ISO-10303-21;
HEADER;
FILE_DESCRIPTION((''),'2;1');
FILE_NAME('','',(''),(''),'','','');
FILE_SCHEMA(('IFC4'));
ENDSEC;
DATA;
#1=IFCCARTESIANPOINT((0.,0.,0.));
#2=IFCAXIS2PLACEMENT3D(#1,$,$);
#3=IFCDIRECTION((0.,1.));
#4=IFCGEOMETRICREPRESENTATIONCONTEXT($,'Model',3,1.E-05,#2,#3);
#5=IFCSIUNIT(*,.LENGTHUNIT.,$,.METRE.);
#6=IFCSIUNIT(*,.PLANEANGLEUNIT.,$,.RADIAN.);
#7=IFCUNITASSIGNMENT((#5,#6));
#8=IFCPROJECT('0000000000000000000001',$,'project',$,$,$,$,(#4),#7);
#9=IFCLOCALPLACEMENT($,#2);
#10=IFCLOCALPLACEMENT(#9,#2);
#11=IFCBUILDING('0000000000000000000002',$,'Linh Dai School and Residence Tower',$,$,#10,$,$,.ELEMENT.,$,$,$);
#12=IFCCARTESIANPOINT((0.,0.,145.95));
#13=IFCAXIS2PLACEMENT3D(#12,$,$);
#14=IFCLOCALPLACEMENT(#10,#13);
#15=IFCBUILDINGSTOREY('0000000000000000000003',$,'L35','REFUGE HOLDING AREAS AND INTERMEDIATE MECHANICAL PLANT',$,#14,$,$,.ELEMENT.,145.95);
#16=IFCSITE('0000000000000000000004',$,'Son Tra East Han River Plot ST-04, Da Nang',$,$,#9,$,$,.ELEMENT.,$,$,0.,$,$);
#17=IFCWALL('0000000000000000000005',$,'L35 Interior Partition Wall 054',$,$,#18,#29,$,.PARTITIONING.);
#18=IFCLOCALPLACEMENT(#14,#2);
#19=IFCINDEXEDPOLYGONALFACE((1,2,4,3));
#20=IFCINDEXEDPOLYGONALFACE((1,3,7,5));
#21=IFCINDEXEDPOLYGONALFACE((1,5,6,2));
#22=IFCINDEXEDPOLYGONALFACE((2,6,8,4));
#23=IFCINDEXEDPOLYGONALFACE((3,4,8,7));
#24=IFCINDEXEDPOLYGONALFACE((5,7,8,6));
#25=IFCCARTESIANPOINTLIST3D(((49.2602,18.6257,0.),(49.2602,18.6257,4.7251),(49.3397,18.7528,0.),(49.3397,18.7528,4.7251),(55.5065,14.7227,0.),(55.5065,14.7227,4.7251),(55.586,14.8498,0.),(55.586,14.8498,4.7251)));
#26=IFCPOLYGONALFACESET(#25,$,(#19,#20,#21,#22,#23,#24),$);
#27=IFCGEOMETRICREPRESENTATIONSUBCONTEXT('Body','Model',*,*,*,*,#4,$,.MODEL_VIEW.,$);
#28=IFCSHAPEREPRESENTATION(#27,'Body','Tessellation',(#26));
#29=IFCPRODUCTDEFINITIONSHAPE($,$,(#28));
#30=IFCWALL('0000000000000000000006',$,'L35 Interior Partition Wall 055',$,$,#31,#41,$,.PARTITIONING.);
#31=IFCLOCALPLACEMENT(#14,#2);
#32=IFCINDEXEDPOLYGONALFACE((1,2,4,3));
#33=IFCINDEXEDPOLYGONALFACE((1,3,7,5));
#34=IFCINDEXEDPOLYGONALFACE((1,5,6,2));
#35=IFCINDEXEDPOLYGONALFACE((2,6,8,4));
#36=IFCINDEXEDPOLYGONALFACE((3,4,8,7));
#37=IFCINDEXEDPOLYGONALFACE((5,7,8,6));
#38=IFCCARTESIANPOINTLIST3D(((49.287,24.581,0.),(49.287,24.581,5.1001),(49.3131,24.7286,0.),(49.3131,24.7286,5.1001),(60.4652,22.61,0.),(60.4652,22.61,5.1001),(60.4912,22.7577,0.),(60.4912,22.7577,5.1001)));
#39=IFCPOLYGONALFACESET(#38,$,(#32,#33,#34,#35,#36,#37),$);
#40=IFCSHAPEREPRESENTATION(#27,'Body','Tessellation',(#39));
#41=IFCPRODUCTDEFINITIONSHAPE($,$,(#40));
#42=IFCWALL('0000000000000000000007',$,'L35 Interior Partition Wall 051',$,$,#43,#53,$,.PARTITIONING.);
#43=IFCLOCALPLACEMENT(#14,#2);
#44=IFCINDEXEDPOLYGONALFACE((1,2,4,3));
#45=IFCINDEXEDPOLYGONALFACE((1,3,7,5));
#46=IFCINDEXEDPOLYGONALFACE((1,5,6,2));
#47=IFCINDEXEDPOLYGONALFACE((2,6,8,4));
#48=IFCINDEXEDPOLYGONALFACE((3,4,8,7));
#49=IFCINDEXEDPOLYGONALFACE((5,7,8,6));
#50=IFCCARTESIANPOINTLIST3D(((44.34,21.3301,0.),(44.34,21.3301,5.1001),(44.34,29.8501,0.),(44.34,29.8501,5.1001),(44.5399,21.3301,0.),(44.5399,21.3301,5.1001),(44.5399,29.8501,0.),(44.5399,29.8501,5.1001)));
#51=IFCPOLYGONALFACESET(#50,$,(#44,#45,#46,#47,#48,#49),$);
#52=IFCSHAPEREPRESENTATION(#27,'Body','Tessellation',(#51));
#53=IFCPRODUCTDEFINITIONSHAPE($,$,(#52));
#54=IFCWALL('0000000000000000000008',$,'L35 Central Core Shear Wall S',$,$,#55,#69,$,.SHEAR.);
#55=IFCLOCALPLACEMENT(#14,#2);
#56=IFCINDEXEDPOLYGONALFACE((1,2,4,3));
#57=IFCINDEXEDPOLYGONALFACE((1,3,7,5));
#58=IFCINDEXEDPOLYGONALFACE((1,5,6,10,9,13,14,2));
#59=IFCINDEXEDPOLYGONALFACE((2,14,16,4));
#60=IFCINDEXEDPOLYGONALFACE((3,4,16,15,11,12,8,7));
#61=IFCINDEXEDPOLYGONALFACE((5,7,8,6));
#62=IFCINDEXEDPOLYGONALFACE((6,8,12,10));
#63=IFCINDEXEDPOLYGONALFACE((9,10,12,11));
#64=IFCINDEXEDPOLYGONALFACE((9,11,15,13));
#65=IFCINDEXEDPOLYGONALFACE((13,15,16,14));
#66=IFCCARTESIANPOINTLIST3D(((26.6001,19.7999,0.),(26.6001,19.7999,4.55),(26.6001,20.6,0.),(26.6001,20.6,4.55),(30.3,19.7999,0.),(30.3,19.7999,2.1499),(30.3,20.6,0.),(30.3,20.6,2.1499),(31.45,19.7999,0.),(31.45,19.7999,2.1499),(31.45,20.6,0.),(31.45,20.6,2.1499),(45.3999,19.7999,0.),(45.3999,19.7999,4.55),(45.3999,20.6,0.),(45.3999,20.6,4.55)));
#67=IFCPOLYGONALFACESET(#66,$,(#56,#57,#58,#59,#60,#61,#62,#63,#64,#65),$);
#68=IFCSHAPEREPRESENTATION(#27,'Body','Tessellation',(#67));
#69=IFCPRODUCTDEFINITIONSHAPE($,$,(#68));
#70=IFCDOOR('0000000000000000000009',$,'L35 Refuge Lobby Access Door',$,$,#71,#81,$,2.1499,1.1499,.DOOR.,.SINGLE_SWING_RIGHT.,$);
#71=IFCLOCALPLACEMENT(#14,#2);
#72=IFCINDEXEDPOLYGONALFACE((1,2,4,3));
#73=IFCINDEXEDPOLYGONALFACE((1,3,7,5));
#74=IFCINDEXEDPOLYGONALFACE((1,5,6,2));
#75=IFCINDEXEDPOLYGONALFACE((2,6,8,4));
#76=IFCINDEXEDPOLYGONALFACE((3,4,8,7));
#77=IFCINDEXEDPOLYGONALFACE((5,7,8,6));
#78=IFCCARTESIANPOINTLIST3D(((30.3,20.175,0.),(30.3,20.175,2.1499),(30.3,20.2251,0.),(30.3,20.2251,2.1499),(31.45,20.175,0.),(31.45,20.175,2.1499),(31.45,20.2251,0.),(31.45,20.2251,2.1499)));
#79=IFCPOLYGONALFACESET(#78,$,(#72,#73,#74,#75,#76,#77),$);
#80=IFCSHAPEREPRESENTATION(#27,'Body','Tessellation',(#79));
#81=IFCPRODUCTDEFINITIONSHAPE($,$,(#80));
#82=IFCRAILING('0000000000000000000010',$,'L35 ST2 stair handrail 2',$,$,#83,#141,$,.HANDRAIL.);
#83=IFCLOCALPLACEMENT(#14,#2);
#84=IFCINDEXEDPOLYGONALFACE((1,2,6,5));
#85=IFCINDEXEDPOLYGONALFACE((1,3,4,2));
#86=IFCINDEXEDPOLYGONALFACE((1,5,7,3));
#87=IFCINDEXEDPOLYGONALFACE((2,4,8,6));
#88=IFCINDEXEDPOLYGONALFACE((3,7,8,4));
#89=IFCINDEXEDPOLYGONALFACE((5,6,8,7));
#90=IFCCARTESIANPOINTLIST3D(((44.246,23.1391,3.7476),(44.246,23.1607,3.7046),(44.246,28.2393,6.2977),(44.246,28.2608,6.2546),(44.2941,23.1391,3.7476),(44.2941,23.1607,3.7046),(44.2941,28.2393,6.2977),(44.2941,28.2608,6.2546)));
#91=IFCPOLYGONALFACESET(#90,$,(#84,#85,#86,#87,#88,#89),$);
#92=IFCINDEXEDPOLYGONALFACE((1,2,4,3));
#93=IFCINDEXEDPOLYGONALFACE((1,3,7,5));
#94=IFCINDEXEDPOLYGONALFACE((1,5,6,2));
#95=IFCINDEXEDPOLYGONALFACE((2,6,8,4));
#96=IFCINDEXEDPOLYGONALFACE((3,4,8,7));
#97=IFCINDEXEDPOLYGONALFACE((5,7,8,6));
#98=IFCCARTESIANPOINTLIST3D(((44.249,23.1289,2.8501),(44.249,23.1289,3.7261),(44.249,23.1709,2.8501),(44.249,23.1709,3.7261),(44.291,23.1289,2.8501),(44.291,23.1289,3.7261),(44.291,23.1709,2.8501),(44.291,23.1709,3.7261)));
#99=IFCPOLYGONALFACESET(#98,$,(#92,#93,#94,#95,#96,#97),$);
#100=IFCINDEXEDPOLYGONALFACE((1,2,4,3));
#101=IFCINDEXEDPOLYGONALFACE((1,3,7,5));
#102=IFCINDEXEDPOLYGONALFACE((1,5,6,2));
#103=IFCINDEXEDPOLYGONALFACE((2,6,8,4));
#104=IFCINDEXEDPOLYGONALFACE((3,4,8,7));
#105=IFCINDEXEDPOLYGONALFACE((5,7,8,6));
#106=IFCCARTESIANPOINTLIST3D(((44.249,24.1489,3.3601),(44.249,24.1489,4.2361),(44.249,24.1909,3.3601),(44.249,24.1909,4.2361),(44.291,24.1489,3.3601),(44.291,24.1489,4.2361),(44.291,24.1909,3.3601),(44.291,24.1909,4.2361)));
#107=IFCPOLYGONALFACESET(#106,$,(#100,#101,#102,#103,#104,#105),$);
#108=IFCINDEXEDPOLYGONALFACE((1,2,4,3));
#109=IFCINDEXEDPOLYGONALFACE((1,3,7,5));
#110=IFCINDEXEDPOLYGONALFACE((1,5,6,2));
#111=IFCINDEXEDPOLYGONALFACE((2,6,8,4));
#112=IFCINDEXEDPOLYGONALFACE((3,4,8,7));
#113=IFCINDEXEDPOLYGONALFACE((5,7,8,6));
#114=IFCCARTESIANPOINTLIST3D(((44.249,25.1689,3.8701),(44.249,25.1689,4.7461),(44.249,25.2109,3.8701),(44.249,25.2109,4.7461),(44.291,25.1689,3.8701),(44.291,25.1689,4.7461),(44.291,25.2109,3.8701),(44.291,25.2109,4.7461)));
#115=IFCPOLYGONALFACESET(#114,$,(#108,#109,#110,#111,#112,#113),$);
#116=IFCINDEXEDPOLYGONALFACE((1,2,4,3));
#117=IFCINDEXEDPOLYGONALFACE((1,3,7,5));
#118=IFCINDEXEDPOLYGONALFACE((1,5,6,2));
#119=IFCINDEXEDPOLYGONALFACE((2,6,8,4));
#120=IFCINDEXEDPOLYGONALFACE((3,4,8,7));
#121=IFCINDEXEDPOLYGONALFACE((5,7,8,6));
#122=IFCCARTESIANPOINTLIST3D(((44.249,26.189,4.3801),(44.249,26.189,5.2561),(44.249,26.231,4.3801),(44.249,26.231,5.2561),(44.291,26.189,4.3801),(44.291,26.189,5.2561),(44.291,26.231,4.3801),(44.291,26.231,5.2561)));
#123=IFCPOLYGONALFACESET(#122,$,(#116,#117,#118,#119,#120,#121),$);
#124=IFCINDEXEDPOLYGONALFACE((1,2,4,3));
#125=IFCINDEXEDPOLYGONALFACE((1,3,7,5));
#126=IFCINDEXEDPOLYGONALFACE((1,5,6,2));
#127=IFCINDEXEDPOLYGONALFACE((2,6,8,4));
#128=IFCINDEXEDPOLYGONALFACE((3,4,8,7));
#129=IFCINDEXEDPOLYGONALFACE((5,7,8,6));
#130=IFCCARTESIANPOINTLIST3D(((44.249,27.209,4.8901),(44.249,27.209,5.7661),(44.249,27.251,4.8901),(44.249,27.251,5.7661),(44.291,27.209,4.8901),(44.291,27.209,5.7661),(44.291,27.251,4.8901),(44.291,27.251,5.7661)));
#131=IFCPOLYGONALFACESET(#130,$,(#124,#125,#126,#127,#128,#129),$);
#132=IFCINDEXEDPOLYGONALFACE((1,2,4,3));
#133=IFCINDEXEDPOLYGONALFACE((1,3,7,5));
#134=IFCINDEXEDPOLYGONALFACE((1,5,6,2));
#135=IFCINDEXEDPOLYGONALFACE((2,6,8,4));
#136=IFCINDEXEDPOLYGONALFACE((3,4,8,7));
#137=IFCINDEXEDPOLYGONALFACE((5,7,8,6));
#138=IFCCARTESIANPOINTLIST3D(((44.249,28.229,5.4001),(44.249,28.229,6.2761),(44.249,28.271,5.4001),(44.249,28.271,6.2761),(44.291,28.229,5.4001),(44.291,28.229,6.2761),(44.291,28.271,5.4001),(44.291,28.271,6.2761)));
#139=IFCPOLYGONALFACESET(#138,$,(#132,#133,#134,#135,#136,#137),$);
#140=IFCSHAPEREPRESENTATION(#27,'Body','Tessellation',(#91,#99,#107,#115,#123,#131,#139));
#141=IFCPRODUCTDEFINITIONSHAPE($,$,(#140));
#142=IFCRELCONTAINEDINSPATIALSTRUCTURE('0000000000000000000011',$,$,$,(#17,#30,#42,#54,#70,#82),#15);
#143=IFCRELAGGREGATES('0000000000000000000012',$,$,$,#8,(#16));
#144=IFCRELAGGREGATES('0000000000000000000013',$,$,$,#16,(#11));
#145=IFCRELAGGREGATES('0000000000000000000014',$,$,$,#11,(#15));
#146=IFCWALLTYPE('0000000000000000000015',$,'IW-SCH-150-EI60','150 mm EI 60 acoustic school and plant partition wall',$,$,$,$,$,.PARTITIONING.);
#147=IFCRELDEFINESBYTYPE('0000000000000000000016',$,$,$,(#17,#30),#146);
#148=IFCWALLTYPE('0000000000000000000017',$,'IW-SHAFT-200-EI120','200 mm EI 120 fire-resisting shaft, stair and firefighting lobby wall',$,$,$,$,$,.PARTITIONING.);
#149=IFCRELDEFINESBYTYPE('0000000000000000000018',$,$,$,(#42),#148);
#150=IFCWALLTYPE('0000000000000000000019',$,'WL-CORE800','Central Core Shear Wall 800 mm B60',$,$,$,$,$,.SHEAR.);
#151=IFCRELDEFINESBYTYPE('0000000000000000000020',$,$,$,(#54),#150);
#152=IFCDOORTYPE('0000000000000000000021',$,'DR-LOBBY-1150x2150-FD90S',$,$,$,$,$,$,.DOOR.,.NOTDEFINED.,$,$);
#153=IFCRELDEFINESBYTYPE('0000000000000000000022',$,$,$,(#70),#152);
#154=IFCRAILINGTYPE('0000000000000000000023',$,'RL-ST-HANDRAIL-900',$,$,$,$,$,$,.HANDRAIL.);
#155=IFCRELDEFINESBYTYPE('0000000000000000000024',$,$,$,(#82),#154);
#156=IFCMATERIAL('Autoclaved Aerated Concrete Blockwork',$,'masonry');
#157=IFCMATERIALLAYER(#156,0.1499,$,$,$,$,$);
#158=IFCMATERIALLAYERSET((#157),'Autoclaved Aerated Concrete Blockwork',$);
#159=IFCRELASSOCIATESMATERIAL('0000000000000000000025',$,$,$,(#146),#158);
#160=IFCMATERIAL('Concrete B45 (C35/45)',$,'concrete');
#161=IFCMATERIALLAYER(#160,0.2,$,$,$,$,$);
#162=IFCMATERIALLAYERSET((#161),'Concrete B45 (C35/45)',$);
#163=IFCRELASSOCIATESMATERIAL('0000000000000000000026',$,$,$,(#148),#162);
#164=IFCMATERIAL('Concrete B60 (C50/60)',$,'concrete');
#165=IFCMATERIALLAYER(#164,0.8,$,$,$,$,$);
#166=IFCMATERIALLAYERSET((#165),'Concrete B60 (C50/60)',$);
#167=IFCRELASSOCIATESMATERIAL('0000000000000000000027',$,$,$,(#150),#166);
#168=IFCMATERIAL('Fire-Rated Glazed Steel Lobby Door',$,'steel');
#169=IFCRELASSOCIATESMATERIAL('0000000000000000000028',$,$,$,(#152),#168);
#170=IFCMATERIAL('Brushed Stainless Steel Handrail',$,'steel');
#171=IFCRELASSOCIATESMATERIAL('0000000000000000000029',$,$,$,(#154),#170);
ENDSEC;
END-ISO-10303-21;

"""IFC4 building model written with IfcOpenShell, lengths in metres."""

from ifc_helpers import new_model, si_unit, direction, frame, frame_2d, origin, origin_2d, place, context, subcontext, project, spatial, rectangle, extrude, source, transform, mapped, material, layer, layer_set, type_object, element, fill, save


model = new_model("IFC4")

# Units and contexts
model_context = context("Model", 3, precision=1e-05, world=origin(), true_north=direction((0.0, 1.0)))
body_context = subcontext(model_context, "Body", "Model", "MODEL_VIEW")
ifc_project = project(units=[si_unit("LENGTHUNIT", "METRE"), si_unit("PLANEANGLEUNIT", "RADIAN")], contexts=[model_context])

# Site, building, storey
site_placement = place(None, origin())
site = spatial("IfcSite", under=ifc_project, at=site_placement, Name="Son Tra East Han River Plot ST-04, Da Nang", CompositionType="ELEMENT", RefElevation=0.0)
building_placement = place(site_placement, origin())
building = spatial("IfcBuilding", under=site, at=building_placement, Name="Linh Dai School and Residence Tower", CompositionType="ELEMENT")
storey_placement = place(building_placement, frame((0.0, 0.0, 145.95)))
storey = spatial("IfcBuildingStorey", under=building, at=storey_placement, Name="L35", Description="REFUGE HOLDING AREAS AND INTERMEDIATE MECHANICAL PLANT", CompositionType="ELEMENT", Elevation=145.95)

# Shared definitions
ifc_material_1 = material(Name="Concrete B60 (C50/60)", Category="concrete")

# Walls
ifc_material_2 = material(Name="Autoclaved Aerated Concrete Blockwork", Category="masonry")
ifc_layer_1 = layer(ifc_material_2, 0.1499)
ifc_layer_set_1 = layer_set([ifc_layer_1], Name="Autoclaved Aerated Concrete Blockwork")
wall_type_1 = type_object("IfcWallType", Name="IW-SCH-150-EI60", Description="150 mm EI 60 acoustic school and plant partition wall", PredefinedType="PARTITIONING", material=ifc_layer_set_1)
wall_1_placement = place(storey_placement, frame((49.3, 18.6892, 0.0), z_axis=(0.0, 0.0, 1.0), x_axis=(0.848052, -0.529913, 0.0)))
element("IfcWall", 1, at=wall_1_placement, inside=storey, type_object=wall_type_1, Name="L35 Interior Partition Wall 054", PredefinedType="PARTITIONING", context=body_context, shape_type="SweptSolid", body=[
    extrude(rectangle(XDim=7.3655, YDim=0.1499, at=frame_2d((3.6826, 0.0))), origin(), (0.0, 0.0, 1.0), 4.7251),
])
wall_2_placement = place(storey_placement, frame((49.3, 24.6548, 0.0), z_axis=(0.0, 0.0, 1.0), x_axis=(0.984809, -0.173642, 0.0)))
element("IfcWall", 2, at=wall_2_placement, inside=storey, type_object=wall_type_1, Name="L35 Interior Partition Wall 055", PredefinedType="PARTITIONING", context=body_context, shape_type="SweptSolid", body=[
    extrude(rectangle(XDim=11.3506, YDim=0.1499, at=frame_2d((5.6753, 0.0))), origin(), (0.0, 0.0, 1.0), 5.1001),
])
ifc_material_3 = material(Name="Concrete B45 (C35/45)", Category="concrete")
ifc_layer_2 = layer(ifc_material_3, 0.2)
ifc_layer_set_2 = layer_set([ifc_layer_2], Name="Concrete B45 (C35/45)")
wall_type_2 = type_object("IfcWallType", Name="IW-SHAFT-200-EI120", Description="200 mm EI 120 fire-resisting shaft, stair and firefighting lobby wall", PredefinedType="PARTITIONING", material=ifc_layer_set_2)
wall_3_placement = place(storey_placement, frame((44.4399, 21.3301, 0.0), z_axis=(0.0, 0.0, 1.0), x_axis=(0.0, 1.0, 0.0)))
element("IfcWall", 3, at=wall_3_placement, inside=storey, type_object=wall_type_2, Name="L35 Interior Partition Wall 051", PredefinedType="PARTITIONING", context=body_context, shape_type="SweptSolid", body=[
    extrude(rectangle(XDim=8.52, YDim=0.2, at=frame_2d((4.26, 0.0))), origin(), (0.0, 0.0, 1.0), 5.1001),
])

# Wall, opening, door
ifc_layer_3 = layer(ifc_material_1, 0.8)
ifc_layer_set_3 = layer_set([ifc_layer_3], Name="Concrete B60 (C50/60)")
wall_type_3 = type_object("IfcWallType", Name="WL-CORE800", Description="Central Core Shear Wall 800 mm B60", PredefinedType="SHEAR", material=ifc_layer_set_3)
wall_4_placement = place(storey_placement, frame((45.3999, 20.2, 0.0), z_axis=(0.0, 0.0, 1.0), x_axis=(-1.0, 0.0, 0.0)))
wall_4 = element("IfcWall", 4, at=wall_4_placement, inside=storey, type_object=wall_type_3, Name="L35 Central Core Shear Wall S", PredefinedType="SHEAR", context=body_context, shape_type="SweptSolid", body=[
    extrude(rectangle(XDim=18.7998, YDim=0.8, at=frame_2d((9.3999, 0.0))), origin(), (0.0, 0.0, 1.0), 4.55),
])
opening_placement = place(wall_4_placement, frame((13.95, 0.0, 0.0)))
opening = element("IfcOpeningElement", 5, at=opening_placement, cuts=wall_4, PredefinedType="OPENING", context=body_context, shape_type="SweptSolid", body=[
    extrude(rectangle(XDim=1.1499, YDim=2.1499, at=origin_2d()), frame((0.575, 0.4102, 1.075), z_axis=(0.0, -1.0, 0.0), x_axis=(1.0, 0.0, 0.0)), (0.0, 0.0, 1.0), 0.8201),
])
ifc_material_4 = material(Name="Fire-Rated Glazed Steel Lobby Door", Category="steel")
door_type = type_object("IfcDoorType", Name="DR-LOBBY-1150x2150-FD90S", OperationType="NOTDEFINED", PredefinedType="DOOR", material=ifc_material_4)
shared_shape_1 = source(origin(), body_context, "Body", "SweptSolid", [
    extrude(rectangle(XDim=1.1499, YDim=2.1499, at=origin_2d()), frame((0.575, 0.0249, 1.075), z_axis=(0.0, -1.0, 0.0), x_axis=(1.0, 0.0, 0.0)), (0.0, 0.0, 1.0), 0.05),
])
door_placement = place(opening_placement, origin())
door = element("IfcDoor", 6, at=door_placement, inside=storey, type_object=door_type, Name="L35 Refuge Lobby Access Door", OperationType="SINGLE_SWING_RIGHT", OverallHeight=2.1499, OverallWidth=1.1499, PredefinedType="DOOR", context=body_context, shape_type="MappedRepresentation", body=[
    mapped(shared_shape_1, transform((0.0, 0.0, 0.0), x_axis=(1.0, 0.0, 0.0), y_axis=(0.0, 1.0, 0.0), z_axis=(0.0, 0.0, 1.0), scale=1.0)),
])
fill(opening, door)

# Railing
ifc_material_5 = material(Name="Brushed Stainless Steel Handrail", Category="steel")
railing_type = type_object("IfcRailingType", Name="RL-ST-HANDRAIL-900", PredefinedType="HANDRAIL", material=ifc_material_5)
shared_shape_2 = source(origin(), body_context, "Body", "SweptSolid", [
    extrude(rectangle(XDim=0.0481, YDim=0.0481, at=origin_2d()), frame((0.0, 0.0, 0.876), z_axis=(0.0, 0.894427, 0.447214), x_axis=(-1.0, 0.0, 0.0)), (0.0, 0.0, 1.0), 5.7021),
    extrude(rectangle(XDim=0.042, YDim=0.042, at=origin_2d()), origin(), (0.0, 0.0, 1.0), 0.876),
    extrude(rectangle(XDim=0.042, YDim=0.042, at=origin_2d()), frame((0.0, 1.02, 0.51)), (0.0, 0.0, 1.0), 0.876),
    extrude(rectangle(XDim=0.042, YDim=0.042, at=origin_2d()), frame((0.0, 2.04, 1.02)), (0.0, 0.0, 1.0), 0.876),
    extrude(rectangle(XDim=0.042, YDim=0.042, at=origin_2d()), frame((0.0, 3.0601, 1.53)), (0.0, 0.0, 1.0), 0.876),
    extrude(rectangle(XDim=0.042, YDim=0.042, at=origin_2d()), frame((0.0, 4.0801, 2.04)), (0.0, 0.0, 1.0), 0.876),
    extrude(rectangle(XDim=0.042, YDim=0.042, at=origin_2d()), frame((0.0, 5.1001, 2.55)), (0.0, 0.0, 1.0), 0.876),
])
railing_placement = place(storey_placement, frame((44.27, 23.1499, 2.8501)))
element("IfcRailing", 7, at=railing_placement, inside=storey, type_object=railing_type, Name="L35 ST2 stair handrail 2", PredefinedType="HANDRAIL", context=body_context, shape_type="MappedRepresentation", body=[
    mapped(shared_shape_2, transform((0.0, 0.0, 0.0), x_axis=(1.0, 0.0, 0.0), y_axis=(0.0, 1.0, 0.0), z_axis=(0.0, 0.0, 1.0), scale=1.0)),
])

save(model, "model.ifc")
